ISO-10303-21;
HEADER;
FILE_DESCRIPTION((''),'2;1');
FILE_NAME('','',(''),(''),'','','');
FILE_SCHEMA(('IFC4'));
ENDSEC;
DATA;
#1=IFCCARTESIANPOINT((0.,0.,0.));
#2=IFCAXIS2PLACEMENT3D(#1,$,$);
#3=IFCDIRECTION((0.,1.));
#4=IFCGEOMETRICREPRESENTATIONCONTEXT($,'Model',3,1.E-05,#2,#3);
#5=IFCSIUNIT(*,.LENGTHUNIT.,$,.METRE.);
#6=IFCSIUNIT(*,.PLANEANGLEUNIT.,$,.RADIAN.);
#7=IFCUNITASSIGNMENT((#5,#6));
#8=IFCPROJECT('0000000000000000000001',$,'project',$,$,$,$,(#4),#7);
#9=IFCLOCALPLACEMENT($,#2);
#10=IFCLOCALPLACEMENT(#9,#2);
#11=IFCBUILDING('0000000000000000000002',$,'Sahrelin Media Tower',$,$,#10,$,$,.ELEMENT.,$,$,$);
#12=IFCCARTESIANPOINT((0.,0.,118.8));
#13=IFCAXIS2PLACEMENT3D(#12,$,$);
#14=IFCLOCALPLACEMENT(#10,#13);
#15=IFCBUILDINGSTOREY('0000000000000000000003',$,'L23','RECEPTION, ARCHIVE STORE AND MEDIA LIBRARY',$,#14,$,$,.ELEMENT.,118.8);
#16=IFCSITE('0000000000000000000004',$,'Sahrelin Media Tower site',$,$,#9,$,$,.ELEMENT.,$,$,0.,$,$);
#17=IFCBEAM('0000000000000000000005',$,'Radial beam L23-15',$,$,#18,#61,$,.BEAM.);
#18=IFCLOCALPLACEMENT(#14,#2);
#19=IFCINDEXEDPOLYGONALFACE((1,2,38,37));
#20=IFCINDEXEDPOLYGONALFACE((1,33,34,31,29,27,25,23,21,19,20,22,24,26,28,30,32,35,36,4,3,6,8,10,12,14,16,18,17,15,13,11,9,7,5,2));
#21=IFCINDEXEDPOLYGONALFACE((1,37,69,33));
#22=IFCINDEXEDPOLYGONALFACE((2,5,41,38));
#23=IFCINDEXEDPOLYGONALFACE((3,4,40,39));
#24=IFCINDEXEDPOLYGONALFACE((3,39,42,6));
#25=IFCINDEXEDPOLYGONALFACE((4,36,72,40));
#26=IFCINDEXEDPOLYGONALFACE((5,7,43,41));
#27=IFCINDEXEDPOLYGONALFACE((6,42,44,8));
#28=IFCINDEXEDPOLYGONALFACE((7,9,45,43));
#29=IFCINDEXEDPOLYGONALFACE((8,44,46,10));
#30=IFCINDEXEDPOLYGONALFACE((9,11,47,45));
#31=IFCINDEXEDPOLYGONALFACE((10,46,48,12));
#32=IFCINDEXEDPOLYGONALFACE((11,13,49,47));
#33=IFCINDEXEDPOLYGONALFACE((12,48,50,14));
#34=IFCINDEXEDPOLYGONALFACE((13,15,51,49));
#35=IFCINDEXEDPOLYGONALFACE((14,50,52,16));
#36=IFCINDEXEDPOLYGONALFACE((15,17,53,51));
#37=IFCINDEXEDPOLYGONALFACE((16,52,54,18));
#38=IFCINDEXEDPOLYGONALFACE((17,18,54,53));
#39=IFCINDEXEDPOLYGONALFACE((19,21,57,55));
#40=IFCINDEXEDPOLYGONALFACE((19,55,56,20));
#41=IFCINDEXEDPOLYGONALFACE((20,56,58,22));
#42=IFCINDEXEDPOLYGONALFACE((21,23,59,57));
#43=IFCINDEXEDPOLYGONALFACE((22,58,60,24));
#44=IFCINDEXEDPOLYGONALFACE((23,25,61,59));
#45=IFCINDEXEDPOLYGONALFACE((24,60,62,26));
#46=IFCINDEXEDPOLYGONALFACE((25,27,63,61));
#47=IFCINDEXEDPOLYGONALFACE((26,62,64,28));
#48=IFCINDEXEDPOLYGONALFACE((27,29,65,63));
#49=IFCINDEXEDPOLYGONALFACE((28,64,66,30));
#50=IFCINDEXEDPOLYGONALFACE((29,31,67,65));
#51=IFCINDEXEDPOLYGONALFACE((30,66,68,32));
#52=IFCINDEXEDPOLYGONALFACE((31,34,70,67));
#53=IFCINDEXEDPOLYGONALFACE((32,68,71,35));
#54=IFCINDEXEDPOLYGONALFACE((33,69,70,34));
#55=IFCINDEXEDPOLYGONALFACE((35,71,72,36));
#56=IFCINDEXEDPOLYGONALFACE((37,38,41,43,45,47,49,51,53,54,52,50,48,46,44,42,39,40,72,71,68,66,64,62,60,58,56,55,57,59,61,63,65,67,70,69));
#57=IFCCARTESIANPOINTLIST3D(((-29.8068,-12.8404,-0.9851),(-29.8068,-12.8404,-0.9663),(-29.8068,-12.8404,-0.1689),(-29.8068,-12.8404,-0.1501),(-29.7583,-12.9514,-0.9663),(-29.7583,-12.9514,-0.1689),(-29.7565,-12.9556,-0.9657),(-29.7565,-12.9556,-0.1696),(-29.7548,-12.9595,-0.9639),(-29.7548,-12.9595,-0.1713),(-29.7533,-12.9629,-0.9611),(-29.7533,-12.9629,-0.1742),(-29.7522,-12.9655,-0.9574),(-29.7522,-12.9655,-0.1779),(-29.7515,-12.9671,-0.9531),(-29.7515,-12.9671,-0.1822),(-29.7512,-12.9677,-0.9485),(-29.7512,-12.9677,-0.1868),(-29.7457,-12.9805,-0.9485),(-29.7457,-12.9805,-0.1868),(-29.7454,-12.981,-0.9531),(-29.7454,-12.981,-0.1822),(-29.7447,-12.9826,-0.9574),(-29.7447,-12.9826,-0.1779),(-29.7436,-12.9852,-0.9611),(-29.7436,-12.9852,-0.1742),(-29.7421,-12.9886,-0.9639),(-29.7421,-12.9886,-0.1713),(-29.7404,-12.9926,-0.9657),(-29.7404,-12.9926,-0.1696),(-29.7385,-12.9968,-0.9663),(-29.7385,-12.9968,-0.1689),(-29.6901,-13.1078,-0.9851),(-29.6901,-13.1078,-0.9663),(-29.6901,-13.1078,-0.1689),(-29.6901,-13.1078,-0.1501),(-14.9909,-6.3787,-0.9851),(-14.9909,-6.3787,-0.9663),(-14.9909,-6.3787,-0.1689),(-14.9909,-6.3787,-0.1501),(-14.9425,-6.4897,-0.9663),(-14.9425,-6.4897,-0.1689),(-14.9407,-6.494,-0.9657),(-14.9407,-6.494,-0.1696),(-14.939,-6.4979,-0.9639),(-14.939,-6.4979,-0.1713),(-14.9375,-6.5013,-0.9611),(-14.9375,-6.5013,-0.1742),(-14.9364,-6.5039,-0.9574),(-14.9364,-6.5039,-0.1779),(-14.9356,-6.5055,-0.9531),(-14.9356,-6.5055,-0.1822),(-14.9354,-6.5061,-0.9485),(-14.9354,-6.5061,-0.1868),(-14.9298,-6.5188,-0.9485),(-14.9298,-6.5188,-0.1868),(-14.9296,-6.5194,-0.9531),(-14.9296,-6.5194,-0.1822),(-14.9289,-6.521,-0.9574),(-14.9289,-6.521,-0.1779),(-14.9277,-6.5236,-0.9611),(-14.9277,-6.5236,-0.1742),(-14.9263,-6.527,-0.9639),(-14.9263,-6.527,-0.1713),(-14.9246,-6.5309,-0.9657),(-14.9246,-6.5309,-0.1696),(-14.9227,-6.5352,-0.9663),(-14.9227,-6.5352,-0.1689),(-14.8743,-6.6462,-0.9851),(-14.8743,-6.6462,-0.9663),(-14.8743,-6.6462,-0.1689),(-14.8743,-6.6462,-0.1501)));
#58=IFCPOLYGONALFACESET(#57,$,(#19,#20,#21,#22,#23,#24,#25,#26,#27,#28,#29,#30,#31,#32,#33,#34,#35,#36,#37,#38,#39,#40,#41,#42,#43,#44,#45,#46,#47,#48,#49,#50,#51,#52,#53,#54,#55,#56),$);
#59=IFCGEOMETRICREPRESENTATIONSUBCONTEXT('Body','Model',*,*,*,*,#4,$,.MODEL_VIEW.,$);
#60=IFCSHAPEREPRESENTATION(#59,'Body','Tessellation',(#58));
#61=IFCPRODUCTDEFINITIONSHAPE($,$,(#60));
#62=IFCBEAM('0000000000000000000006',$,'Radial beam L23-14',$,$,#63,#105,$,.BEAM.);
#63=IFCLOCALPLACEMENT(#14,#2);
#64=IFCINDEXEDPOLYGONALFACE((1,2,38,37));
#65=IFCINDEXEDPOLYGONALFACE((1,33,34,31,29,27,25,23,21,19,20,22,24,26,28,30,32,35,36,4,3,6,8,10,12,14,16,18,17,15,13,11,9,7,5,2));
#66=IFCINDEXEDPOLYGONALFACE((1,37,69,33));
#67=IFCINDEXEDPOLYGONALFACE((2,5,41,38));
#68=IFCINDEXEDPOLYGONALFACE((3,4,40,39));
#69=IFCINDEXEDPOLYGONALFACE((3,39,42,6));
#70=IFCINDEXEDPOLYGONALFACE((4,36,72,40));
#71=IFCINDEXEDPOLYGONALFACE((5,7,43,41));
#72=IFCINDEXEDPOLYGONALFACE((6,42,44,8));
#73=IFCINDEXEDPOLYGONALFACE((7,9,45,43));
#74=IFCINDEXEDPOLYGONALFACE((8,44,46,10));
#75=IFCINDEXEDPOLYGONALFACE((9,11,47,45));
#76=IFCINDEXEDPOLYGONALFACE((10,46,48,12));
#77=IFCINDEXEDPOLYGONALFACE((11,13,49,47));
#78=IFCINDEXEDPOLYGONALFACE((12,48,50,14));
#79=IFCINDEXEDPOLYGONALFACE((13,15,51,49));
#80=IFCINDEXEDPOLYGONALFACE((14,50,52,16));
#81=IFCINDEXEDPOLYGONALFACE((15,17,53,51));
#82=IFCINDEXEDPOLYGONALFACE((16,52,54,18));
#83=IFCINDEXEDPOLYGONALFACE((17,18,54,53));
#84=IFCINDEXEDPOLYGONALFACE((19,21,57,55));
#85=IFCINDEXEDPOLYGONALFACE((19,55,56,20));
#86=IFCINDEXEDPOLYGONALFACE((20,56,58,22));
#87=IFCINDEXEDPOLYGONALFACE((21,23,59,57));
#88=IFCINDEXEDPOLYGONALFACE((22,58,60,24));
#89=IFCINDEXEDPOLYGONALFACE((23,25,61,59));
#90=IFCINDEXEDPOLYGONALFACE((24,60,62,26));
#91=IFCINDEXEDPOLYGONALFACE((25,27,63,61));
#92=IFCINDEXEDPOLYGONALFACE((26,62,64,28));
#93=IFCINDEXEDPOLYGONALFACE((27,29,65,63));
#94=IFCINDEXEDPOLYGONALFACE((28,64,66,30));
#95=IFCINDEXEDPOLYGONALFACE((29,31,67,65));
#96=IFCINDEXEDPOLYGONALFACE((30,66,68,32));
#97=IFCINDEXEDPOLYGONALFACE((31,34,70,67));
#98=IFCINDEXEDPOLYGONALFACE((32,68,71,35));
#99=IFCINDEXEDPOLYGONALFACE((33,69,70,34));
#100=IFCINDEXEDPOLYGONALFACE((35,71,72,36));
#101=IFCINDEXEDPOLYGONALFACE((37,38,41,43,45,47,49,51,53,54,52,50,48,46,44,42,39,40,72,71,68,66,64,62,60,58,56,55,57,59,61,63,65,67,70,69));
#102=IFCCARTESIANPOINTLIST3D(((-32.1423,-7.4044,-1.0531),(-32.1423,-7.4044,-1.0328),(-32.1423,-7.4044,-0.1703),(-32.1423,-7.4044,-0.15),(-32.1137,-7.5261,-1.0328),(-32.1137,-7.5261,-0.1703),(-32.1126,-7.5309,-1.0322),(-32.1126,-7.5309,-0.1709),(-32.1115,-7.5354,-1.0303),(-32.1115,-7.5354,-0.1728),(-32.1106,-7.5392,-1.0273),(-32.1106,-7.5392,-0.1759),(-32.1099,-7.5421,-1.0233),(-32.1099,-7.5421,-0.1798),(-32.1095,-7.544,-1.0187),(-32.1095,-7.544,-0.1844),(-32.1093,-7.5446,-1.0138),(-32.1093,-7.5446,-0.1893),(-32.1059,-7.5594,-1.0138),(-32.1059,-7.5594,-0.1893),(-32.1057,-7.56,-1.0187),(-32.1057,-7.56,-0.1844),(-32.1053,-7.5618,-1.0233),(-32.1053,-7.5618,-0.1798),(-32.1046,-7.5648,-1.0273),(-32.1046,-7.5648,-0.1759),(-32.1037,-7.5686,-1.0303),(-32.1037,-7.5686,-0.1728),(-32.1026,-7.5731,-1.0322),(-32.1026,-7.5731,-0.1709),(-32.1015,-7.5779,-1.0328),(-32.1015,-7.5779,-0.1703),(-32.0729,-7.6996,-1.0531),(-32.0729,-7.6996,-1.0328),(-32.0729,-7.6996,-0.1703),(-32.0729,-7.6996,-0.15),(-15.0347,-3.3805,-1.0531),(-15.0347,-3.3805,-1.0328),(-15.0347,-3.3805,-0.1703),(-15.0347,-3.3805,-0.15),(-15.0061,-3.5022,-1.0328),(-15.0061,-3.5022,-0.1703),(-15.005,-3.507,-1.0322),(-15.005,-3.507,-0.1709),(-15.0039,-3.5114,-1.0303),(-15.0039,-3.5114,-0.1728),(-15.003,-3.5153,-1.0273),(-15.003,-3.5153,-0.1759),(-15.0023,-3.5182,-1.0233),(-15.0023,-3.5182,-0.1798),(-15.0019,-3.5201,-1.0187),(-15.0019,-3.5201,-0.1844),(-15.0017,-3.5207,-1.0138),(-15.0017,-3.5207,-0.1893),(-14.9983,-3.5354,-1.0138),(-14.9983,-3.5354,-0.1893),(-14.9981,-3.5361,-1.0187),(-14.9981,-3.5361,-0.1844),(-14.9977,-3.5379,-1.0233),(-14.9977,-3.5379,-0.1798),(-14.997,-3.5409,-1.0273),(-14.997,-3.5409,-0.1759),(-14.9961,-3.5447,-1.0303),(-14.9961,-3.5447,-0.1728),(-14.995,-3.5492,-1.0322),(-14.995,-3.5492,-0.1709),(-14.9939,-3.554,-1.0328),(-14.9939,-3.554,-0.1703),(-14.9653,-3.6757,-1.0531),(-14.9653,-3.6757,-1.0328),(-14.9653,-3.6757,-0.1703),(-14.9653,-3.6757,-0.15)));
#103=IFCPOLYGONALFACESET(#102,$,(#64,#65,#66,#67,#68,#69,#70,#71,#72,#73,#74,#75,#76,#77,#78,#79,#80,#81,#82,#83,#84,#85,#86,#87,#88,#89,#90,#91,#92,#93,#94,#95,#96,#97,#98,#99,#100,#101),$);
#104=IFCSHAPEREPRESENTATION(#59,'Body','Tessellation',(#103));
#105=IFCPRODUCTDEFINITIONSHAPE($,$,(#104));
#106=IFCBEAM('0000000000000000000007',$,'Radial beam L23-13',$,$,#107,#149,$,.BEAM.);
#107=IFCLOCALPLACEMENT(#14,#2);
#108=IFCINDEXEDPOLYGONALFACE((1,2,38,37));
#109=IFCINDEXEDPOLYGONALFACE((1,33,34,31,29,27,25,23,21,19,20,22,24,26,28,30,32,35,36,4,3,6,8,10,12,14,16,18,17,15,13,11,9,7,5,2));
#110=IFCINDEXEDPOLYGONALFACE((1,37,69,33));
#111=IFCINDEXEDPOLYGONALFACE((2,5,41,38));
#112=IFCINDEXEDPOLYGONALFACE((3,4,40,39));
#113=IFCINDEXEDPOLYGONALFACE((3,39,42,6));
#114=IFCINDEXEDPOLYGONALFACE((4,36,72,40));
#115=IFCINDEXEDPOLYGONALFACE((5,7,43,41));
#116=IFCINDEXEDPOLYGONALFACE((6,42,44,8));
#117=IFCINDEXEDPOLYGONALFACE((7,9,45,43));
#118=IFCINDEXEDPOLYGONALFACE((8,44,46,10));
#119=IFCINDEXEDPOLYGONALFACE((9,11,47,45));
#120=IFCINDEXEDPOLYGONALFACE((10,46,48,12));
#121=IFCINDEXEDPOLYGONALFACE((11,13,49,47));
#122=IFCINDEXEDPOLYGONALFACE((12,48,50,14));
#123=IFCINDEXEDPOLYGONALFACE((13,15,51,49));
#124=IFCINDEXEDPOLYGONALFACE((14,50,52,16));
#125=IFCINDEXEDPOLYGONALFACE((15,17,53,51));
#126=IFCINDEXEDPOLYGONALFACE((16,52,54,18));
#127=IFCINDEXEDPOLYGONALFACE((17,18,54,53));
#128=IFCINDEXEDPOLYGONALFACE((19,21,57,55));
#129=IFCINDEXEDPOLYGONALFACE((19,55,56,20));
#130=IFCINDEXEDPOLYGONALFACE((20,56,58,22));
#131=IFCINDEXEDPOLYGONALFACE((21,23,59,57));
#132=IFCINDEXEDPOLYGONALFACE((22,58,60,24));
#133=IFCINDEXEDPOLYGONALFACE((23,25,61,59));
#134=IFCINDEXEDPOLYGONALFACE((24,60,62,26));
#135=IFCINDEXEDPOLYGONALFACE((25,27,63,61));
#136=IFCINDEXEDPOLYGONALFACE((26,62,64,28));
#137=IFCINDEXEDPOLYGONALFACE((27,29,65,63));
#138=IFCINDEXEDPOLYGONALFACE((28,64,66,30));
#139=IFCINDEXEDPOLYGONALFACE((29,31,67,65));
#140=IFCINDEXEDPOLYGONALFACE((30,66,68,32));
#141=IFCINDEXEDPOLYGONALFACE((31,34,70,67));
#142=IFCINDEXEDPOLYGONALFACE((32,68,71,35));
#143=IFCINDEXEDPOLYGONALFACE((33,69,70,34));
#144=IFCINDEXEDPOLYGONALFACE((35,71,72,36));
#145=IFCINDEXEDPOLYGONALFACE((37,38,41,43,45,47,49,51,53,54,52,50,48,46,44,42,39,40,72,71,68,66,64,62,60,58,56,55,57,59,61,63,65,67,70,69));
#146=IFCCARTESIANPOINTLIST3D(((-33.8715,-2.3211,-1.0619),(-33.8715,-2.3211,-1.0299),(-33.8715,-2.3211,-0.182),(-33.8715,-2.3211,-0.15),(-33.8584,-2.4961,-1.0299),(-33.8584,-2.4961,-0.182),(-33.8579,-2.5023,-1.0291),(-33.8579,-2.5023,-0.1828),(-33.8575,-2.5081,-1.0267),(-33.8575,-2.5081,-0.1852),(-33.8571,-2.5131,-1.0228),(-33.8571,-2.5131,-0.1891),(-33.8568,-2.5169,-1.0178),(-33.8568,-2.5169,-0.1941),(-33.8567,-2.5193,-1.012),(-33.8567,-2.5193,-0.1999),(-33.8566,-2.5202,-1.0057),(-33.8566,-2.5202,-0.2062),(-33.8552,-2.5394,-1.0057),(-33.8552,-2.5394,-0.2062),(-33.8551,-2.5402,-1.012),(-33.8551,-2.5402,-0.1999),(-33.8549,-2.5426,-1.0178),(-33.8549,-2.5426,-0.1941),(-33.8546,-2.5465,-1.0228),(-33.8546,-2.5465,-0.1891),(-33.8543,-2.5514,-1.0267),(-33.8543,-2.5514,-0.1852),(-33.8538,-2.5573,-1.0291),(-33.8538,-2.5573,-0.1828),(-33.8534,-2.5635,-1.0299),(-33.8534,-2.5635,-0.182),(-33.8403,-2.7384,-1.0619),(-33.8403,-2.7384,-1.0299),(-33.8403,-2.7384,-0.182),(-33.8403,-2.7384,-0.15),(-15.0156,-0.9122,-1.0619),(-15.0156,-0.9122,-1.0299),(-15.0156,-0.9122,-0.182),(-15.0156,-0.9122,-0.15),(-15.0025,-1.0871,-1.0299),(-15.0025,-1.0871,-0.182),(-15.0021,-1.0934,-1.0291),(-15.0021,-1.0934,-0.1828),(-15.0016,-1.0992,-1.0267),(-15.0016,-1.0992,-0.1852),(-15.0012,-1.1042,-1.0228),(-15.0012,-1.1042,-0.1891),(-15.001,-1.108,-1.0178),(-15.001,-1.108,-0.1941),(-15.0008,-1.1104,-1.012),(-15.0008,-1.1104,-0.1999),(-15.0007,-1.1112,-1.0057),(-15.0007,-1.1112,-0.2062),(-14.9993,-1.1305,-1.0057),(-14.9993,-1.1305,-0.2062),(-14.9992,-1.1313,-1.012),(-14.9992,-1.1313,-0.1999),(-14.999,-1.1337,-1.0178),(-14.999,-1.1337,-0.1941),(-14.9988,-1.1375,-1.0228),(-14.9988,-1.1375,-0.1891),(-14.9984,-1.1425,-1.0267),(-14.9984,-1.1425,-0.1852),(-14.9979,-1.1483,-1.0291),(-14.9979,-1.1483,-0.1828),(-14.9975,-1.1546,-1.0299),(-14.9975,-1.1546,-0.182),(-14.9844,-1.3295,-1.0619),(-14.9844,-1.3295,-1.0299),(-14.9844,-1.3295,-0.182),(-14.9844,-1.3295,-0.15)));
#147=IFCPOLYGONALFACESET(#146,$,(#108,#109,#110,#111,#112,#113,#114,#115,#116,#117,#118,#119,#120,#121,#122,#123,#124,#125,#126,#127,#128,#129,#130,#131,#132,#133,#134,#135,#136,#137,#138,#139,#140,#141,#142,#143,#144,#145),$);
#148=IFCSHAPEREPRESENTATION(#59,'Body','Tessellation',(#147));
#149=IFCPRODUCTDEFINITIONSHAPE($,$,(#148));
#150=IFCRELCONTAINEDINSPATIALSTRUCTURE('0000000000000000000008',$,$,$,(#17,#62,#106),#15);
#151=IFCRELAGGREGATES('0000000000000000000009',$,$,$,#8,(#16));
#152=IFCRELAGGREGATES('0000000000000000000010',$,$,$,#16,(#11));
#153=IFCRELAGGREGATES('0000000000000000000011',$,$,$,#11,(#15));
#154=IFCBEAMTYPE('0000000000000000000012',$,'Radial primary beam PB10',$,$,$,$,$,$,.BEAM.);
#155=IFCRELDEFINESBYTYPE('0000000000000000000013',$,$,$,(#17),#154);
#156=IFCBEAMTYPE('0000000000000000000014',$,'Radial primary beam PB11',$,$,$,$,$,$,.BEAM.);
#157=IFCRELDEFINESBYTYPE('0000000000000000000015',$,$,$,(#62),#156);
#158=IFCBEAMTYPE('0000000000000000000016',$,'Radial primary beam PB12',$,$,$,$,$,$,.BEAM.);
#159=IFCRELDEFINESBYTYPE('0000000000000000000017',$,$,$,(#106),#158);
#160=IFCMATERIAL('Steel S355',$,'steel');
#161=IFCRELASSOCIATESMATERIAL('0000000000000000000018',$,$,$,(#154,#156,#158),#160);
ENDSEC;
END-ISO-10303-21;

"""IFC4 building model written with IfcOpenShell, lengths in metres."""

from ifc_helpers import new_model, si_unit, direction, frame, origin, origin_2d, place, context, subcontext, project, spatial, i_section, extrude, material, material_profile, profile_set, type_object, element, save


model = new_model("IFC4")

# Units and contexts
model_context = context("Model", 3, precision=1e-05, world=origin(), true_north=direction((0.0, 1.0)))
body_context = subcontext(model_context, "Body", "Model", "MODEL_VIEW")
ifc_project = project(units=[si_unit("LENGTHUNIT", "METRE"), si_unit("PLANEANGLEUNIT", "RADIAN")], contexts=[model_context])

# Site, building, storey
site_placement = place(None, origin())
site = spatial("IfcSite", under=ifc_project, at=site_placement, Name="Sahrelin Media Tower site", CompositionType="ELEMENT", RefElevation=0.0)
building_placement = place(site_placement, origin())
building = spatial("IfcBuilding", under=site, at=building_placement, Name="Sahrelin Media Tower", CompositionType="ELEMENT")
storey_placement = place(building_placement, frame((0.0, 0.0, 118.8)))
storey = spatial("IfcBuildingStorey", under=building, at=storey_placement, Name="L23", Description="RECEPTION, ARCHIVE STORE AND MEDIA LIBRARY", CompositionType="ELEMENT", Elevation=118.8)

# Beams
ifc_material_1 = material(Name="Steel S355", Category="steel")
ifc_material_profile_1 = material_profile(ifc_material_1, i_section(OverallWidth=0.2917, OverallDepth=0.835, WebThickness=0.0139, FlangeThickness=0.0188, FilletRadius=0.0178, at=origin_2d()), Name="UB 838x292x176")
ifc_profile_set_1 = profile_set([ifc_material_profile_1], Name="Steel S355")
beam_type_1 = type_object("IfcBeamType", Name="Radial primary beam PB10", PredefinedType="BEAM", material=ifc_profile_set_1)
beam_1_placement = place(storey_placement, frame((-14.9326, -6.5125, -0.5676), z_axis=(-0.916618, -0.399765, 0.0), x_axis=(0.399765, -0.916618, 0.0)))
element("IfcBeam", 1, at=beam_1_placement, inside=storey, type_object=beam_type_1, Name="Radial beam L23-15", PredefinedType="BEAM", context=body_context, shape_type="SweptSolid", body=[
    extrude(i_section(OverallWidth=0.2917, OverallDepth=0.835, WebThickness=0.0139, FlangeThickness=0.0188, FilletRadius=0.0178, at=origin_2d()), origin(), (0.0, 0.0, 1.0), 16.1636),
])
ifc_material_profile_2 = material_profile(ifc_material_1, i_section(OverallWidth=0.3032, OverallDepth=0.9031, WebThickness=0.0151, FlangeThickness=0.0203, FilletRadius=0.019, at=origin_2d()), Name="UB 914x305x201")
ifc_profile_set_2 = profile_set([ifc_material_profile_2], Name="Steel S355")
beam_type_2 = type_object("IfcBeamType", Name="Radial primary beam PB11", PredefinedType="BEAM", material=ifc_profile_set_2)
beam_2_placement = place(storey_placement, frame((-15.0, -3.5281, -0.6016), z_axis=(-0.973435, -0.228963, 0.0), x_axis=(0.228963, -0.973435, 0.0)))
element("IfcBeam", 2, at=beam_2_placement, inside=storey, type_object=beam_type_2, Name="Radial beam L23-14", PredefinedType="BEAM", context=body_context, shape_type="SweptSolid", body=[
    extrude(i_section(OverallWidth=0.3032, OverallDepth=0.9031, WebThickness=0.0151, FlangeThickness=0.0203, FilletRadius=0.019, at=origin_2d()), origin(), (0.0, 0.0, 1.0), 17.5745),
])
ifc_material_profile_3 = material_profile(ifc_material_1, i_section(OverallWidth=0.4185, OverallDepth=0.9119, WebThickness=0.0193, FlangeThickness=0.032, FilletRadius=0.0242, at=origin_2d()), Name="UB 914x419x343")
ifc_profile_set_3 = profile_set([ifc_material_profile_3], Name="Steel S355")
beam_type_3 = type_object("IfcBeamType", Name="Radial primary beam PB12", PredefinedType="BEAM", material=ifc_profile_set_3)
beam_3_placement = place(storey_placement, frame((-15.0, -1.1208, -0.606), z_axis=(-0.99722, -0.074513, 0.0), x_axis=(0.074513, -0.99722, 0.0)))
element("IfcBeam", 3, at=beam_3_placement, inside=storey, type_object=beam_type_3, Name="Radial beam L23-13", PredefinedType="BEAM", context=body_context, shape_type="SweptSolid", body=[
    extrude(i_section(OverallWidth=0.4185, OverallDepth=0.9119, WebThickness=0.0193, FlangeThickness=0.032, FilletRadius=0.0242, at=origin_2d()), origin(), (0.0, 0.0, 1.0), 18.9084),
])

save(model, "model.ifc")
